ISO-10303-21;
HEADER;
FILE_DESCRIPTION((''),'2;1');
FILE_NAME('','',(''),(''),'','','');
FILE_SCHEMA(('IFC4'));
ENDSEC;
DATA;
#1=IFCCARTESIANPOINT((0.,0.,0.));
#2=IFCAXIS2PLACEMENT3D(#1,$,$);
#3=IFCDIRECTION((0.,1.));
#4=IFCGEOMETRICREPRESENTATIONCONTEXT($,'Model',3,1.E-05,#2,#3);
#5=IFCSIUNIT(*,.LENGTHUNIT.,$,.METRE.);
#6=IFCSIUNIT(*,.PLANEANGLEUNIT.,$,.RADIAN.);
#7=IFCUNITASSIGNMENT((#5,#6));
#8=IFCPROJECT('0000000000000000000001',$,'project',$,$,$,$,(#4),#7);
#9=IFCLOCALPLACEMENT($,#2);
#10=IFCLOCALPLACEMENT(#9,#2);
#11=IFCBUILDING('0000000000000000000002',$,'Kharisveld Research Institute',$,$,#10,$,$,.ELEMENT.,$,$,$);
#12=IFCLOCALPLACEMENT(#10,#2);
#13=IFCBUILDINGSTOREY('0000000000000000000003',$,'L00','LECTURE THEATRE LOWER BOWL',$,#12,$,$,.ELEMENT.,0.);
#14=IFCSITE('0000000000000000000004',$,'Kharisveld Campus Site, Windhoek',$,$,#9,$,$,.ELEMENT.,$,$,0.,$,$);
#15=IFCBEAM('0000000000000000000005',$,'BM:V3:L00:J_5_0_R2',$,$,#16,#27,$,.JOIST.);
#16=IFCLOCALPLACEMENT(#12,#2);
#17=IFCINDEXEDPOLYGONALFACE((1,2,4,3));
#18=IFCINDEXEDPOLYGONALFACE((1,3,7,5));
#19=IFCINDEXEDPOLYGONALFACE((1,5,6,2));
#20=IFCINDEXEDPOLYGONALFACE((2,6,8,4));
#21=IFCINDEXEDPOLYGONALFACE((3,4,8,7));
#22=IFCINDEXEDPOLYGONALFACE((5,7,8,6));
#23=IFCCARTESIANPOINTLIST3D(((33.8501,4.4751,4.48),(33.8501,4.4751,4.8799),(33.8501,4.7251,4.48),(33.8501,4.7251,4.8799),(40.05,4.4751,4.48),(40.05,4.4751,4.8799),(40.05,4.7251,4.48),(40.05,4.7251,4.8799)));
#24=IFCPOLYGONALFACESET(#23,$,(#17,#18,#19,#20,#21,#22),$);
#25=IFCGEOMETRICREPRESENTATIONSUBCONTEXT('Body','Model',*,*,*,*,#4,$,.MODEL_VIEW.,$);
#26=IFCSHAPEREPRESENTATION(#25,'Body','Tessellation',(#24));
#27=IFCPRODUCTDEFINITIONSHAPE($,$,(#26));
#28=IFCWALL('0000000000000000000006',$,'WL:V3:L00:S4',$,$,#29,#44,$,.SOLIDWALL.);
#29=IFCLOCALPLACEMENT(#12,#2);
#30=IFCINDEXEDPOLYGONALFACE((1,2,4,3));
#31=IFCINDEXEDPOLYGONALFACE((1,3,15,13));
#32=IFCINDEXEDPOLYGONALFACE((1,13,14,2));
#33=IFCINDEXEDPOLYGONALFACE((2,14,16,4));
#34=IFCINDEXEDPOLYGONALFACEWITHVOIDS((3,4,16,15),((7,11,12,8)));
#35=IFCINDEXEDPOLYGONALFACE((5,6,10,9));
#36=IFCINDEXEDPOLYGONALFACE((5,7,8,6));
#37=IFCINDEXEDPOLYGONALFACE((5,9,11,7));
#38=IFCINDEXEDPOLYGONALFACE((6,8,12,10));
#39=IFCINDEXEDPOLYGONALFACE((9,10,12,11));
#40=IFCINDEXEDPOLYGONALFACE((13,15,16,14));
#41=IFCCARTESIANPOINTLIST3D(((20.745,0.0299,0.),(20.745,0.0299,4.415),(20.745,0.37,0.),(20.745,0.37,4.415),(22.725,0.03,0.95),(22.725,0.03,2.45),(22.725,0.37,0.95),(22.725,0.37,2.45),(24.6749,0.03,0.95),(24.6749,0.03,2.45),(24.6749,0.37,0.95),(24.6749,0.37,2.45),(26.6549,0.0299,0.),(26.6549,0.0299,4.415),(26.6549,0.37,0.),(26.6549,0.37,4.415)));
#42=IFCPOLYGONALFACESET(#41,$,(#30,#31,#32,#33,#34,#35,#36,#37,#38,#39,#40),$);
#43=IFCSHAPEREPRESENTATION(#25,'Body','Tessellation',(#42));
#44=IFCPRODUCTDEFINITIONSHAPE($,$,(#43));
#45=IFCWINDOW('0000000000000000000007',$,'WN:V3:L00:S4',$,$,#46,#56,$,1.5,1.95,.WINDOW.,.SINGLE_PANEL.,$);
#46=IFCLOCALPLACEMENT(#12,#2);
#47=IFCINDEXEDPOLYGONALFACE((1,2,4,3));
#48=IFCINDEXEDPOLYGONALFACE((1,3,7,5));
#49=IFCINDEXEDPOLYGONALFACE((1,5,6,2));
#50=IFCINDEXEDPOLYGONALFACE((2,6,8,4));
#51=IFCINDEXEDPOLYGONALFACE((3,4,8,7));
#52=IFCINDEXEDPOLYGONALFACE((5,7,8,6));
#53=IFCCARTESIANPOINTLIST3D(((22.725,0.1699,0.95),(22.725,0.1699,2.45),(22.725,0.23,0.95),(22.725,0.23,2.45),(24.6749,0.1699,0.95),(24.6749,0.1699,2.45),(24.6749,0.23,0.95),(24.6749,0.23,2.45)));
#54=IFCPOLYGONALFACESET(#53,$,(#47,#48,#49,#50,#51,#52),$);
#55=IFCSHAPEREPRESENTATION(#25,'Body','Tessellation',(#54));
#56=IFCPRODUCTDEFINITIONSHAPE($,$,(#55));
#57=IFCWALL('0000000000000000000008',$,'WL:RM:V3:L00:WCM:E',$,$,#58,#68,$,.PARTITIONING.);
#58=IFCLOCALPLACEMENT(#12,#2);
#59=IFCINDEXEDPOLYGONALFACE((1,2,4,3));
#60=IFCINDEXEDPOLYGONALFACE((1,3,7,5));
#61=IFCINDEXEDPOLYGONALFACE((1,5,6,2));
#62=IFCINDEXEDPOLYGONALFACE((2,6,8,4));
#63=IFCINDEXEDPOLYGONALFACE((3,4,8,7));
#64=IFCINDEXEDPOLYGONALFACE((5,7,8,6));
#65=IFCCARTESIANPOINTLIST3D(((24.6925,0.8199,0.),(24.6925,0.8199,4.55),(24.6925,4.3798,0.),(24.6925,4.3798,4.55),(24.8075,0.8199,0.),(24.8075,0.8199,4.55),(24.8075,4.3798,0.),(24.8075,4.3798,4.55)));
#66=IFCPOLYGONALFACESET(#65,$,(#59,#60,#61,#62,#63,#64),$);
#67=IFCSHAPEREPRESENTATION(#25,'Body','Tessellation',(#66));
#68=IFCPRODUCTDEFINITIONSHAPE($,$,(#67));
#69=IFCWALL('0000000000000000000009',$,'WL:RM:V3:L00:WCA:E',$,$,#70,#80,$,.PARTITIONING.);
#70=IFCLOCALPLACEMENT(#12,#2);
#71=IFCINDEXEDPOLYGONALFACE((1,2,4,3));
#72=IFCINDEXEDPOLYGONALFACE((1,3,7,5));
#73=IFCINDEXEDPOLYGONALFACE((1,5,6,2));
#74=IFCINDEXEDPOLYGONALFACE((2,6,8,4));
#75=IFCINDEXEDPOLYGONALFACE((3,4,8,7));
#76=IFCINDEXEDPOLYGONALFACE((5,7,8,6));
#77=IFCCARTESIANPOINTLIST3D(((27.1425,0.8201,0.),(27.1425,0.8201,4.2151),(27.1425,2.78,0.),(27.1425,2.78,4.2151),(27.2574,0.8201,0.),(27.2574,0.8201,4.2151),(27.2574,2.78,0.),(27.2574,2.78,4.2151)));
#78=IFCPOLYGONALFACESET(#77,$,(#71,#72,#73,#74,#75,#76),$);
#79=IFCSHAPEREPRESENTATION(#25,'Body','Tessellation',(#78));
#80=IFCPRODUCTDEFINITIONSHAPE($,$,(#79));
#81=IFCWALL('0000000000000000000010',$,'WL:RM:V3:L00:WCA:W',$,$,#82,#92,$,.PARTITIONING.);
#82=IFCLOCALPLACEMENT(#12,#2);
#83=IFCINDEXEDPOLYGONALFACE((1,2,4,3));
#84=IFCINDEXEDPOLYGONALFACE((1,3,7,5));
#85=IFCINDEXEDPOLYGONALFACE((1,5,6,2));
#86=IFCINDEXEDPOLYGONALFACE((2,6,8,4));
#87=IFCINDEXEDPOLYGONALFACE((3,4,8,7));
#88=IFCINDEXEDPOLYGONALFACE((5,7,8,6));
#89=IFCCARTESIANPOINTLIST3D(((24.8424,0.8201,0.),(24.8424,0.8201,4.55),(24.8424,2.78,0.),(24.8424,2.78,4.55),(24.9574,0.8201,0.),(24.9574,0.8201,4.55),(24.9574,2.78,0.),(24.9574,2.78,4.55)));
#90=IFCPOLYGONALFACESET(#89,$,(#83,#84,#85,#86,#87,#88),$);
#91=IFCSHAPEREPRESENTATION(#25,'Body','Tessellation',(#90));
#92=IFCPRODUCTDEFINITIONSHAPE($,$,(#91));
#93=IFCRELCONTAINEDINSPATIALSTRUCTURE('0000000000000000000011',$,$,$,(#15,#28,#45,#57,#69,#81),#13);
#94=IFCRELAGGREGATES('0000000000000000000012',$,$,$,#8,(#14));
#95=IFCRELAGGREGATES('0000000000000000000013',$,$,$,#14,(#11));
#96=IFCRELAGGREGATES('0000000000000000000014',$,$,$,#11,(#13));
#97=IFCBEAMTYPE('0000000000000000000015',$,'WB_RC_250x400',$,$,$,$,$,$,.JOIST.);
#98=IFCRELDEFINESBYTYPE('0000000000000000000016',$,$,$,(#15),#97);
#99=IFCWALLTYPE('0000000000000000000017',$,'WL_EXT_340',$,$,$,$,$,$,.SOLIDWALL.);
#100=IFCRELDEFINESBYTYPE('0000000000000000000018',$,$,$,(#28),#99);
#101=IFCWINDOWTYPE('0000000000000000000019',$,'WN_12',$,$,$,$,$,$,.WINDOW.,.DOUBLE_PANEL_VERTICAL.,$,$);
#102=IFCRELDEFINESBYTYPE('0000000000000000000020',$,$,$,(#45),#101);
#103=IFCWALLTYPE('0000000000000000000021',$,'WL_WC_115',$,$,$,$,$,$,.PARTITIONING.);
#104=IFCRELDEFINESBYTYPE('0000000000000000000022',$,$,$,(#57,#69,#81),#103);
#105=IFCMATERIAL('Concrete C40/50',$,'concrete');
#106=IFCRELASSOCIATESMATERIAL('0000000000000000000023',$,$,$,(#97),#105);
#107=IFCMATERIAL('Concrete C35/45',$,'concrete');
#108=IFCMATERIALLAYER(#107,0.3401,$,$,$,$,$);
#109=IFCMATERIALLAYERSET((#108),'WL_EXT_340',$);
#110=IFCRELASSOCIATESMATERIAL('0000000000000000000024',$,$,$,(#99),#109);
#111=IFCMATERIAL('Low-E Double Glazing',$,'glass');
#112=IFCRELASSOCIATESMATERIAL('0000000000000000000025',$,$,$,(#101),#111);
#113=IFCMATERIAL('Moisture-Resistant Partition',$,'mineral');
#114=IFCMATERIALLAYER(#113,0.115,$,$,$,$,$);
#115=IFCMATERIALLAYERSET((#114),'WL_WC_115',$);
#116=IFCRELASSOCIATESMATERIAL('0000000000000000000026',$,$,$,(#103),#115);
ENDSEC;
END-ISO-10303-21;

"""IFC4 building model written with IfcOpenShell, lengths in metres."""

from ifc_helpers import new_model, si_unit, direction, frame, frame_2d, origin, origin_2d, place, context, subcontext, project, spatial, rectangle, extrude, material, layer, layer_set, material_profile, profile_set, type_object, element, fill, save


model = new_model("IFC4")

# Units and contexts
model_context = context("Model", 3, precision=1e-05, world=origin(), true_north=direction((0.0, 1.0)))
body_context = subcontext(model_context, "Body", "Model", "MODEL_VIEW")
ifc_project = project(units=[si_unit("LENGTHUNIT", "METRE"), si_unit("PLANEANGLEUNIT", "RADIAN")], contexts=[model_context])

# Site, building, storey
site_placement = place(None, origin())
site = spatial("IfcSite", under=ifc_project, at=site_placement, Name="Kharisveld Campus Site, Windhoek", CompositionType="ELEMENT", RefElevation=0.0)
building_placement = place(site_placement, origin())
building = spatial("IfcBuilding", under=site, at=building_placement, Name="Kharisveld Research Institute", CompositionType="ELEMENT")
storey_placement = place(building_placement, origin())
storey = spatial("IfcBuildingStorey", under=building, at=storey_placement, Name="L00", Description="LECTURE THEATRE LOWER BOWL", CompositionType="ELEMENT", Elevation=0.0)

# Beam
ifc_material_1 = material(Name="Concrete C40/50", Category="concrete")
ifc_material_profile_1 = material_profile(ifc_material_1, rectangle(XDim=0.25, YDim=0.3999, at=origin_2d()))
ifc_profile_set_1 = profile_set([ifc_material_profile_1], Name="Concrete C40/50")
beam_type_1 = type_object("IfcBeamType", Name="WB_RC_250x400", PredefinedType="JOIST", material=ifc_profile_set_1)
for number, where, z_axis, x_axis, name in (
    (1, (33.8501, 4.6001, 4.6799), (1.0, 0.0, 0.0), (0.0, 1.0, 0.0), "BM:V3:L00:J_5_0_R2"),
):
    element("IfcBeam", number, at=place(storey_placement, frame(where, z_axis=z_axis, x_axis=x_axis)), inside=storey, type_object=beam_type_1, Name=name, PredefinedType="JOIST", context=body_context, shape_type="SweptSolid", body=[
        extrude(rectangle(XDim=0.25, YDim=0.3999, at=origin_2d()), origin(), (0.0, 0.0, 1.0), 6.2),
    ])

# Shared definitions
ifc_material_2 = material(Name="Concrete C35/45", Category="concrete")
ifc_layer_1 = layer(ifc_material_2, 0.3401)
ifc_layer_set_1 = layer_set([ifc_layer_1], Name="WL_EXT_340")
wall_type_1 = type_object("IfcWallType", Name="WL_EXT_340", PredefinedType="SOLIDWALL", material=ifc_layer_set_1)

# Wall, opening, window
wall_1_placement = place(storey_placement, frame((26.655, 0.2, 0.0), z_axis=(0.0, 0.0, 1.0), x_axis=(-1.0, 0.0, 0.0)))
wall_1 = element("IfcWall", 2, at=wall_1_placement, inside=storey, type_object=wall_type_1, Name="WL:V3:L00:S4", PredefinedType="SOLIDWALL", context=body_context, shape_type="SweptSolid", body=[
    extrude(rectangle(XDim=5.9099, YDim=0.3401, at=frame_2d((2.9551, 0.0))), origin(), (0.0, 0.0, 1.0), 4.415),
])
opening_1_placement = place(wall_1_placement, frame((1.98, 0.0, 0.95)))
opening_1 = element("IfcOpeningElement", 3, at=opening_1_placement, cuts=wall_1, PredefinedType="OPENING", context=body_context, shape_type="SweptSolid", body=[
    extrude(rectangle(XDim=1.95, YDim=1.5, at=frame_2d((0.9751, 0.75))), frame((0.0, 0.1699, 0.0), z_axis=(0.0, -1.0, 0.0), x_axis=(1.0, 0.0, 0.0)), (0.0, 0.0, 1.0), 0.3401),
])
ifc_material_3 = material(Name="Low-E Double Glazing", Category="glass")
window_type = type_object("IfcWindowType", Name="WN_12", PartitioningType="DOUBLE_PANEL_VERTICAL", PredefinedType="WINDOW", material=ifc_material_3)
window_placement = place(opening_1_placement, origin())
window = element("IfcWindow", 4, at=window_placement, inside=storey, type_object=window_type, Name="WN:V3:L00:S4", OverallHeight=1.5, OverallWidth=1.95, PartitioningType="SINGLE_PANEL", PredefinedType="WINDOW", context=body_context, shape_type="SweptSolid", body=[
    extrude(rectangle(XDim=1.95, YDim=1.5, at=frame_2d((0.9751, 0.75))), frame((0.0, 0.03, 0.0), z_axis=(0.0, -1.0, 0.0), x_axis=(1.0, 0.0, 0.0)), (0.0, 0.0, 1.0), 0.0601),
])
fill(opening_1, window)

# Wall
ifc_material_4 = material(Name="Moisture-Resistant Partition", Category="mineral")
ifc_layer_2 = layer(ifc_material_4, 0.115)
ifc_layer_set_2 = layer_set([ifc_layer_2], Name="WL_WC_115")
wall_type_2 = type_object("IfcWallType", Name="WL_WC_115", PredefinedType="PARTITIONING", material=ifc_layer_set_2)
wall_2_placement = place(storey_placement, frame((24.75, 0.8201, 0.0), z_axis=(0.0, 0.0, 1.0), x_axis=(0.0, 1.0, 0.0)))
element("IfcWall", 5, at=wall_2_placement, inside=storey, type_object=wall_type_2, Name="WL:RM:V3:L00:WCM:E", PredefinedType="PARTITIONING", context=body_context, shape_type="SweptSolid", body=[
    extrude(rectangle(XDim=3.5598, YDim=0.115, at=frame_2d((1.7798, 0.0))), origin(), (0.0, 0.0, 1.0), 4.55),
])

# Wall
wall_3_placement = place(storey_placement, frame((27.2, 0.8201, 0.0), z_axis=(0.0, 0.0, 1.0), x_axis=(0.0, 1.0, 0.0)))
element("IfcWall", 6, at=wall_3_placement, inside=storey, type_object=wall_type_2, Name="WL:RM:V3:L00:WCA:E", PredefinedType="PARTITIONING", context=body_context, shape_type="SweptSolid", body=[
    extrude(rectangle(XDim=1.96, YDim=0.115, at=frame_2d((0.98, 0.0))), origin(), (0.0, 0.0, 1.0), 4.2151),
])

# Wall
wall_4_placement = place(storey_placement, frame((24.8999, 2.78, 0.0), z_axis=(0.0, 0.0, 1.0), x_axis=(0.0, -1.0, 0.0)))
element("IfcWall", 7, at=wall_4_placement, inside=storey, type_object=wall_type_2, Name="WL:RM:V3:L00:WCA:W", PredefinedType="PARTITIONING", context=body_context, shape_type="SweptSolid", body=[
    extrude(rectangle(XDim=1.96, YDim=0.115, at=frame_2d((0.98, 0.0))), origin(), (0.0, 0.0, 1.0), 4.55),
])

save(model, "model.ifc")
